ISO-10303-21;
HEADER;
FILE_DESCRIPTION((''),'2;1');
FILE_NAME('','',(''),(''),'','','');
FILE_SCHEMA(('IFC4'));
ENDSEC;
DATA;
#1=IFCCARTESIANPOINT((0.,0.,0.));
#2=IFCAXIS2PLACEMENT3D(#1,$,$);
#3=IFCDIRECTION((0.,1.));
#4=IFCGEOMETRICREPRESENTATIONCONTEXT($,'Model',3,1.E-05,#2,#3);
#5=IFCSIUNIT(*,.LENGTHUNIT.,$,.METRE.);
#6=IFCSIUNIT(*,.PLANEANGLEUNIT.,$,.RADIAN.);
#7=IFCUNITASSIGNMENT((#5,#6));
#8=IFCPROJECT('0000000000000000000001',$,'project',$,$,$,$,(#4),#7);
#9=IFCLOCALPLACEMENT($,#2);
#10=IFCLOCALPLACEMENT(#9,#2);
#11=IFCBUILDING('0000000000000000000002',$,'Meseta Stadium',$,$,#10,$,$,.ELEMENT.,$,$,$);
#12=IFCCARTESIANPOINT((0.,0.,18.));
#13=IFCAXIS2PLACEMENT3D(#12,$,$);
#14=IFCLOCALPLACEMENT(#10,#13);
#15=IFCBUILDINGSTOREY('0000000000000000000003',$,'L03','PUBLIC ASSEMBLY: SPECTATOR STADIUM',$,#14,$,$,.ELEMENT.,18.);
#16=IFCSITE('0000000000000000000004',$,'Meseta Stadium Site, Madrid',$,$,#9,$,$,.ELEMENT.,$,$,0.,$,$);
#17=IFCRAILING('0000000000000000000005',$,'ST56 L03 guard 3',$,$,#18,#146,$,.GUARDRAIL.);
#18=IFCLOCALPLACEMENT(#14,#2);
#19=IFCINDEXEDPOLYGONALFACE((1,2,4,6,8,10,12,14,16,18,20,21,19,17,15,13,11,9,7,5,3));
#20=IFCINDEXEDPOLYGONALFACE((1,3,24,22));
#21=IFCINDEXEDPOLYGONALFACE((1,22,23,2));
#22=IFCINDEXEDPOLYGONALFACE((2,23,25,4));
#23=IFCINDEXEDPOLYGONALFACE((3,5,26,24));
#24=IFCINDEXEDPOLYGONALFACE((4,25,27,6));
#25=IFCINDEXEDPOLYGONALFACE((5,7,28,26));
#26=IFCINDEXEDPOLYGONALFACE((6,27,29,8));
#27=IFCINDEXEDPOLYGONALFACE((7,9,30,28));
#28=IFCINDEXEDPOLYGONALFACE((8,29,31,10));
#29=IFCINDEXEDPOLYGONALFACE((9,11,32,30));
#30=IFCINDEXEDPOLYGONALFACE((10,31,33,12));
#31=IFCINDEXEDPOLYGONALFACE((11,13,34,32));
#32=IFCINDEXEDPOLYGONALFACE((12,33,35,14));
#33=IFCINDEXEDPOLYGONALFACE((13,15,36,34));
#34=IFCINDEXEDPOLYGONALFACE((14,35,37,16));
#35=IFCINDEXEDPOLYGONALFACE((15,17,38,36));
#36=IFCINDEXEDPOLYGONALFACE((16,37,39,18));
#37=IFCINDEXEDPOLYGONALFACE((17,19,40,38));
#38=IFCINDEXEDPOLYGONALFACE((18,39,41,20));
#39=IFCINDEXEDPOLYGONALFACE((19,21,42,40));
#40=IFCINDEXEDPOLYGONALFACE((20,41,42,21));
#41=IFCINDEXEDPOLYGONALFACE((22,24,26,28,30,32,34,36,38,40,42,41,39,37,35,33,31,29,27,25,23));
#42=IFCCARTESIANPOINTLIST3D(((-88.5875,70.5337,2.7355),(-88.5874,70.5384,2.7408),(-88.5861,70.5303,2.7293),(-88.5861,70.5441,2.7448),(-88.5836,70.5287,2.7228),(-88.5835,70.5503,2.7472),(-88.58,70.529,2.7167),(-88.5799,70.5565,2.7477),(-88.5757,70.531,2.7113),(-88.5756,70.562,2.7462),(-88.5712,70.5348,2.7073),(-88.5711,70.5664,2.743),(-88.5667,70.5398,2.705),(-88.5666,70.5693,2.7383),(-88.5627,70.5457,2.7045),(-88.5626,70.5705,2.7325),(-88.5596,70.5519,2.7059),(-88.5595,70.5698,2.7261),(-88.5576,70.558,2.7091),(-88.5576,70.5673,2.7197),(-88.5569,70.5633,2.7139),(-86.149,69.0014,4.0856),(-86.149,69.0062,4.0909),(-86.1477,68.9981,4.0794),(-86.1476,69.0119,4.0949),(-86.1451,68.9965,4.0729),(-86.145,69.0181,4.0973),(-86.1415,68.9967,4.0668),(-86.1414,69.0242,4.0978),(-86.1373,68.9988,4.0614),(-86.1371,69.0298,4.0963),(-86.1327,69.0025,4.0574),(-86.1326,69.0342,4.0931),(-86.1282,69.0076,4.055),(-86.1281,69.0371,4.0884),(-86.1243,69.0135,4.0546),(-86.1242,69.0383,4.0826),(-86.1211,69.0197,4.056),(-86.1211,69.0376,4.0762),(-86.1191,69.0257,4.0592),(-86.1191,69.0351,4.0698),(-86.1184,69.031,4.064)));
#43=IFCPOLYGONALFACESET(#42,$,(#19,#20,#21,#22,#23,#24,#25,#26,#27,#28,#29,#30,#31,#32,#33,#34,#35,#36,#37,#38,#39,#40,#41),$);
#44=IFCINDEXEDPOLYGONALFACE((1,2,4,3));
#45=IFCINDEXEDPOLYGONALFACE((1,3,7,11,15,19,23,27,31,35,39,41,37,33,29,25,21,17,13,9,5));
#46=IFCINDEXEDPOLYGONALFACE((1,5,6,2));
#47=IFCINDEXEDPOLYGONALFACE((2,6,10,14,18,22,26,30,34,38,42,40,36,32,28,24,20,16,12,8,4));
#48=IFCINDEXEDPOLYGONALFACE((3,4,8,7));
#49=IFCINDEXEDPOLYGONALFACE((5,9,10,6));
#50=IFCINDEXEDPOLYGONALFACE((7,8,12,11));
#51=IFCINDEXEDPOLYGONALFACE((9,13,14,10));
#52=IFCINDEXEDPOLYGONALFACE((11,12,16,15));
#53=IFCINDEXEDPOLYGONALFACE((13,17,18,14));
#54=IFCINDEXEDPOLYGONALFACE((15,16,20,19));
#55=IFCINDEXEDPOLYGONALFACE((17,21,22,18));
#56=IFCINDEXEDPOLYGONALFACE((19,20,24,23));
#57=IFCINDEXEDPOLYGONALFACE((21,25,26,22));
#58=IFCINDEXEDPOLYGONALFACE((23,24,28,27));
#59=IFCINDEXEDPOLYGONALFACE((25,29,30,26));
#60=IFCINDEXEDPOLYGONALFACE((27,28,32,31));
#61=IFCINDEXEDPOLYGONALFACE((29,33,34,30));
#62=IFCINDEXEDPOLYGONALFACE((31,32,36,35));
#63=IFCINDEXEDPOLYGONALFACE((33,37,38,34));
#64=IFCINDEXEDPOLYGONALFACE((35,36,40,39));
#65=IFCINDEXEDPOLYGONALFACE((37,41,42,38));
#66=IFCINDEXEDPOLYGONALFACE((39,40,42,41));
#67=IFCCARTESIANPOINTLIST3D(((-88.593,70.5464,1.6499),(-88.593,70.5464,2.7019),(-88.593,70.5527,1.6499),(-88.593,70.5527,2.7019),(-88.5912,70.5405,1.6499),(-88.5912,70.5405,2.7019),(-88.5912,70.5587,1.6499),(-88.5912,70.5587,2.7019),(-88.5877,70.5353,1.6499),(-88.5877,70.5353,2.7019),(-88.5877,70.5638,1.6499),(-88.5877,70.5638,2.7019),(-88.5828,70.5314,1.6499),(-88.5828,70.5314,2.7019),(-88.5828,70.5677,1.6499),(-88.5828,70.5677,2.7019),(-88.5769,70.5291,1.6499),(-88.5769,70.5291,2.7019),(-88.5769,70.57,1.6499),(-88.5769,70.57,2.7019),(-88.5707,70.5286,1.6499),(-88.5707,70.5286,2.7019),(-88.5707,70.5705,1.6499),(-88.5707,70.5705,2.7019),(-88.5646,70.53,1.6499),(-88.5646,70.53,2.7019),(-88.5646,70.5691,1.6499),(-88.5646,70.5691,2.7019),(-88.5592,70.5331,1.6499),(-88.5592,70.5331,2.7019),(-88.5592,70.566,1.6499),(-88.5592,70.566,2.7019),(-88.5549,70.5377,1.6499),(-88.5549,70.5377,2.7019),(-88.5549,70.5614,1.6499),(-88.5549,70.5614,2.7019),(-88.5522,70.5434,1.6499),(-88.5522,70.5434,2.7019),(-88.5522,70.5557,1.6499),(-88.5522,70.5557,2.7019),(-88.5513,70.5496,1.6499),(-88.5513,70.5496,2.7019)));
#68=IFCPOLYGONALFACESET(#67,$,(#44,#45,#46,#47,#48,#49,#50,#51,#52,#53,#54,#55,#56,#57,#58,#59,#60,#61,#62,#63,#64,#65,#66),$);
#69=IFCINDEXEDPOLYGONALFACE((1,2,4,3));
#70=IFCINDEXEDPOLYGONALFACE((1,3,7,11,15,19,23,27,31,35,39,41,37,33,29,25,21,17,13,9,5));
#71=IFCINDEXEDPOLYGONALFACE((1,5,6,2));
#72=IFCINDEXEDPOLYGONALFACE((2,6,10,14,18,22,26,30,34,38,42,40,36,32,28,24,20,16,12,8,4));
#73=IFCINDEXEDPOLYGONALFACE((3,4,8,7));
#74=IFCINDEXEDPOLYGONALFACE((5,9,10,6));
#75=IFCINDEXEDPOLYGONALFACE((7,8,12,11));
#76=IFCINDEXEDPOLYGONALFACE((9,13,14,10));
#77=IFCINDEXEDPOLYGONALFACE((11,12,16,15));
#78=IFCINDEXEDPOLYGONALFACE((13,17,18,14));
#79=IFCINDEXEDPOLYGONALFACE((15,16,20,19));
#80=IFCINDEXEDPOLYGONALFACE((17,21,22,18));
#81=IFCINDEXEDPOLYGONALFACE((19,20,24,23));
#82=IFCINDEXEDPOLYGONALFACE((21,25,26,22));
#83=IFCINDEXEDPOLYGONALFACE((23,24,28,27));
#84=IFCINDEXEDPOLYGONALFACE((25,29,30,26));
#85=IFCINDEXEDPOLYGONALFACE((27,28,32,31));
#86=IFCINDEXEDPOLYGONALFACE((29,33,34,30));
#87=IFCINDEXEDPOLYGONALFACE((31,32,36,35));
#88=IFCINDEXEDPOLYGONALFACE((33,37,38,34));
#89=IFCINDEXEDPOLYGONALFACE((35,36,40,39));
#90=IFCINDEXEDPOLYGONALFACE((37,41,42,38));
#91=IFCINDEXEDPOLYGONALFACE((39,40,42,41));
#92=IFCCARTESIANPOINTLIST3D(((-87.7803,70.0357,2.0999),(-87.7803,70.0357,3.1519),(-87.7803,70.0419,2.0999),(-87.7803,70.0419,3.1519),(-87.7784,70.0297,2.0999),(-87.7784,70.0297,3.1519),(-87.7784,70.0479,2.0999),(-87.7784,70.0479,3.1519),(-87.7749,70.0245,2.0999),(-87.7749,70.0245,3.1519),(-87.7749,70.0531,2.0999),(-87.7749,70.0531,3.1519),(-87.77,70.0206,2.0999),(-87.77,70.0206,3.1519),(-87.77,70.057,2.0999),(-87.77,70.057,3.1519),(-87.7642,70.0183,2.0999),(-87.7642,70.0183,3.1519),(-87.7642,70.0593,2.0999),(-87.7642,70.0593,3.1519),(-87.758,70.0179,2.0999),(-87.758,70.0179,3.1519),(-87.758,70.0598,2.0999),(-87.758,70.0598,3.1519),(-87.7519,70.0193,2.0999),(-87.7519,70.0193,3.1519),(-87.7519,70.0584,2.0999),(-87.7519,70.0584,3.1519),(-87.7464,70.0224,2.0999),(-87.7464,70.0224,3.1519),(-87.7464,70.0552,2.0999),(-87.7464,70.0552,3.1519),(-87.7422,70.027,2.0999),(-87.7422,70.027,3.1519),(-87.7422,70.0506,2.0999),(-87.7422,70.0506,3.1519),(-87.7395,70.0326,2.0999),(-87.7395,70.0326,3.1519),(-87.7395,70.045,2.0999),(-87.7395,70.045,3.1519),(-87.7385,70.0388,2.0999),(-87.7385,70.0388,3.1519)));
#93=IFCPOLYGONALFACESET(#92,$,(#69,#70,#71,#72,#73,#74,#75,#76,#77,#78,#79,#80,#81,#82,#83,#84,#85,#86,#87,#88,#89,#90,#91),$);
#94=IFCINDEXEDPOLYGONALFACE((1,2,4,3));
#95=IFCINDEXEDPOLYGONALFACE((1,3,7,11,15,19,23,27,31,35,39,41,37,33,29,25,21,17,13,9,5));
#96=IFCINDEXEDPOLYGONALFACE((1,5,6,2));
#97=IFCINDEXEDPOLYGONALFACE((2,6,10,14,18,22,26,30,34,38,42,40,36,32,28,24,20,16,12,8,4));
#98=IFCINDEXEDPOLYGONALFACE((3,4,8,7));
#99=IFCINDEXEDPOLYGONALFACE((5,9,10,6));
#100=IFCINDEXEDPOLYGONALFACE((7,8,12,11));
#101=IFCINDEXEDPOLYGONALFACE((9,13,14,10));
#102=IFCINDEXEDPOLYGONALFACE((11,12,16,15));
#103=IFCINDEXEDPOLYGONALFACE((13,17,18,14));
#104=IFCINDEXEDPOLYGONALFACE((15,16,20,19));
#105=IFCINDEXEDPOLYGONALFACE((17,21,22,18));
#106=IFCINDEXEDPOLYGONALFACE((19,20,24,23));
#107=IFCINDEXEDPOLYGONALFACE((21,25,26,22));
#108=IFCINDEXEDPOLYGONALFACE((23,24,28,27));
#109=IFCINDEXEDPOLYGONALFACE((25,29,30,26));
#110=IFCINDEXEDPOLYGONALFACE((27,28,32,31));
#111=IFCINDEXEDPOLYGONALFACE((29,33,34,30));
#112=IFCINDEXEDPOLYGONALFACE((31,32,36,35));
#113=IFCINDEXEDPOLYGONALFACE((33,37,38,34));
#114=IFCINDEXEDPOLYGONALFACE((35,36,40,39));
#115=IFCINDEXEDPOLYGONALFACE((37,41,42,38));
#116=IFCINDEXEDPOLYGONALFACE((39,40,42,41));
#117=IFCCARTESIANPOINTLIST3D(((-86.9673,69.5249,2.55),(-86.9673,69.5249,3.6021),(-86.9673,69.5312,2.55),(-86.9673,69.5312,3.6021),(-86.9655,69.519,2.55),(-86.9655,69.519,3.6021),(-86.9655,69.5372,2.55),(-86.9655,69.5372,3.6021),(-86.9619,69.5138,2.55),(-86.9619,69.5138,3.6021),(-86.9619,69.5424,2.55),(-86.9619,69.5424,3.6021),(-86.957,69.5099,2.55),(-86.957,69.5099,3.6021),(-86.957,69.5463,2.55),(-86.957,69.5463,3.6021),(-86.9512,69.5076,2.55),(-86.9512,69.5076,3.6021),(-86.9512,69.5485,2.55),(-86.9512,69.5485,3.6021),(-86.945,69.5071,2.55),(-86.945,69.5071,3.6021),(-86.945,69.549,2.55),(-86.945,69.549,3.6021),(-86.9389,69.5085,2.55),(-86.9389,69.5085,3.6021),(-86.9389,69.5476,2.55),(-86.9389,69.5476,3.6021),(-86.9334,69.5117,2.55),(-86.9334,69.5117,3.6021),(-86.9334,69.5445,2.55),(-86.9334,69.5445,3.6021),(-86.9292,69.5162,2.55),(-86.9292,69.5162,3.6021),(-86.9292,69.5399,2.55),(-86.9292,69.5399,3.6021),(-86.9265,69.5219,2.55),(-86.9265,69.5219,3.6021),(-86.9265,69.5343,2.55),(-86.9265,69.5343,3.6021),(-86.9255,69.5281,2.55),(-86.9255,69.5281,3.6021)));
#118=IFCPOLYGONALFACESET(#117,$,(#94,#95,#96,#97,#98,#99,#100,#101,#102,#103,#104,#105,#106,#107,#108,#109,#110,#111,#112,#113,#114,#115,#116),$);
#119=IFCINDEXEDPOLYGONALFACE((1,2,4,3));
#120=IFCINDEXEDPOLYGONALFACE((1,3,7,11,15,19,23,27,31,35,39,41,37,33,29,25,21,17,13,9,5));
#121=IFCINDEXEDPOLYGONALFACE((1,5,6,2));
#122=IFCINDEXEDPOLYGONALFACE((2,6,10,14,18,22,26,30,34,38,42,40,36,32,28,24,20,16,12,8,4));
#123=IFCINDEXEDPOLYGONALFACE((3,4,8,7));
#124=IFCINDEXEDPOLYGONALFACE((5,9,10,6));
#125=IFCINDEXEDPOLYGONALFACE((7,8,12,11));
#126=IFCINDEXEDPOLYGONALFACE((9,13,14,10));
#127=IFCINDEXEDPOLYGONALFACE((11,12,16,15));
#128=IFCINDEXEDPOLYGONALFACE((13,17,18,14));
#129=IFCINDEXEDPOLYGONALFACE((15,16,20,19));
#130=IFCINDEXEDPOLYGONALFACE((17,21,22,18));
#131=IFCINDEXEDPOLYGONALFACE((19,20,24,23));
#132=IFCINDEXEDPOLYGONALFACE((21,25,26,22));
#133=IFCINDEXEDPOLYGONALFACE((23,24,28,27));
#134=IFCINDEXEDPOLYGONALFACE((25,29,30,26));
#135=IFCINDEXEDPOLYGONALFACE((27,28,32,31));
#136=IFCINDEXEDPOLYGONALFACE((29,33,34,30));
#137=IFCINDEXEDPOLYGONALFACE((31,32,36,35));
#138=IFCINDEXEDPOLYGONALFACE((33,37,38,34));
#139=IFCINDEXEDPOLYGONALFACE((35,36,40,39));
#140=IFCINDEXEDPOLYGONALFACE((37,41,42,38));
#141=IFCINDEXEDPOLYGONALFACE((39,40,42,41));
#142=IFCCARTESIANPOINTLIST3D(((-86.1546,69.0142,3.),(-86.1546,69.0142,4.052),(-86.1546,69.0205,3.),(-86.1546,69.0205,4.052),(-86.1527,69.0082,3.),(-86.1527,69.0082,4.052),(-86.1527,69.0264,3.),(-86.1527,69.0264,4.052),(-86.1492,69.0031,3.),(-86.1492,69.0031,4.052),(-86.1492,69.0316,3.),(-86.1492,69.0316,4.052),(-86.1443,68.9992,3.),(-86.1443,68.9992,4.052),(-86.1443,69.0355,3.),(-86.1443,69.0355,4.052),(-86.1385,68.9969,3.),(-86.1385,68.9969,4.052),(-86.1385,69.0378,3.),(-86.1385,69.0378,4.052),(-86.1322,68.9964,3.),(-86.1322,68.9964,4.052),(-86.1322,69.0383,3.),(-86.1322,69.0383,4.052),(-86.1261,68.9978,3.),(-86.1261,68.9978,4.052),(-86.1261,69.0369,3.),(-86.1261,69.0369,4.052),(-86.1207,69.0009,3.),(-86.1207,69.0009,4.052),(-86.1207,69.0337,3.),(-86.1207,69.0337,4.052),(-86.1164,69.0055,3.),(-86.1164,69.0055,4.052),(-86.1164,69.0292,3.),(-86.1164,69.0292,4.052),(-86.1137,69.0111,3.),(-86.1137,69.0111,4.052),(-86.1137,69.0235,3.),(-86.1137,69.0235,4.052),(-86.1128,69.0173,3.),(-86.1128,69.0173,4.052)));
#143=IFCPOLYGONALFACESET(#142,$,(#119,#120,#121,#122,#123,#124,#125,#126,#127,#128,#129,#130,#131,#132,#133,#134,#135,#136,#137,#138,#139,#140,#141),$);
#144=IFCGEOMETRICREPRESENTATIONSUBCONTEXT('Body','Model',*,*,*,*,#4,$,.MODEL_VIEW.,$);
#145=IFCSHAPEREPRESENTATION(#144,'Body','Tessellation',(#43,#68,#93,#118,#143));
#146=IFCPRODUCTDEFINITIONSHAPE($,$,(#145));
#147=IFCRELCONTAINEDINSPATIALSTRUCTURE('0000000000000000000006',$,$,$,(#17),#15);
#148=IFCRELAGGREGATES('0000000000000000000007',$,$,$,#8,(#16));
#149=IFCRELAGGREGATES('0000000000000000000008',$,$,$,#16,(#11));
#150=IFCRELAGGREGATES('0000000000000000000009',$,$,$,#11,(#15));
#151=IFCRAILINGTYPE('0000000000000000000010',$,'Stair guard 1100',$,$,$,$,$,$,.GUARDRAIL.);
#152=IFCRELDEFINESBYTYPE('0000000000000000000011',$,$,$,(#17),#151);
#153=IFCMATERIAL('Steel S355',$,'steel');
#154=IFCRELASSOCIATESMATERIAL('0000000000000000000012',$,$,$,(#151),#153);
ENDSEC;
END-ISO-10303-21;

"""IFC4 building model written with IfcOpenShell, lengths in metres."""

from ifc_helpers import new_model, si_unit, direction, frame, origin, origin_2d, place, context, subcontext, project, spatial, circle, extrude, material, type_object, element, save


model = new_model("IFC4")

# Units and contexts
model_context = context("Model", 3, precision=1e-05, world=origin(), true_north=direction((0.0, 1.0)))
body_context = subcontext(model_context, "Body", "Model", "MODEL_VIEW")
ifc_project = project(units=[si_unit("LENGTHUNIT", "METRE"), si_unit("PLANEANGLEUNIT", "RADIAN")], contexts=[model_context])

# Site, building, storey
site_placement = place(None, origin())
site = spatial("IfcSite", under=ifc_project, at=site_placement, Name="Meseta Stadium Site, Madrid", CompositionType="ELEMENT", RefElevation=0.0)
building_placement = place(site_placement, origin())
building = spatial("IfcBuilding", under=site, at=building_placement, Name="Meseta Stadium", CompositionType="ELEMENT")
storey_placement = place(building_placement, frame((0.0, 0.0, 18.0)))
storey = spatial("IfcBuildingStorey", under=building, at=storey_placement, Name="L03", Description="PUBLIC ASSEMBLY: SPECTATOR STADIUM", CompositionType="ELEMENT", Elevation=18.0)

# Railing
ifc_material_1 = material(Name="Steel S355", Category="steel")
railing_type_1 = type_object("IfcRailingType", Name="Stair guard 1100", PredefinedType="GUARDRAIL", material=ifc_material_1)
railing_1_placement = place(storey_placement, frame((-88.5723, 70.5496, 1.6499)))
element("IfcRailing", 1, at=railing_1_placement, inside=storey, type_object=railing_type_1, Name="ST56 L03 guard 3", PredefinedType="GUARDRAIL", context=body_context, shape_type="SweptSolid", body=[
    extrude(circle(Radius=0.0239, at=origin_2d()), frame((0.0, 0.0, 1.0762), z_axis=(0.766655, -0.481731, 0.42447), x_axis=(0.53204, 0.846719, 0.0)), (0.0, 0.0, 1.0), 3.1807),
    extrude(circle(Radius=0.021, at=origin_2d()), origin(), (0.0, 0.0, 1.0), 1.052),
    extrude(circle(Radius=0.021, at=origin_2d()), frame((0.8127, -0.5107, 0.45)), (0.0, 0.0, 1.0), 1.052),
    extrude(circle(Radius=0.021, at=origin_2d()), frame((1.6257, -1.0215, 0.9001)), (0.0, 0.0, 1.0), 1.052),
    extrude(circle(Radius=0.021, at=origin_2d()), frame((2.4385, -1.5322, 1.3501)), (0.0, 0.0, 1.0), 1.052),
])

save(model, "model.ifc")
